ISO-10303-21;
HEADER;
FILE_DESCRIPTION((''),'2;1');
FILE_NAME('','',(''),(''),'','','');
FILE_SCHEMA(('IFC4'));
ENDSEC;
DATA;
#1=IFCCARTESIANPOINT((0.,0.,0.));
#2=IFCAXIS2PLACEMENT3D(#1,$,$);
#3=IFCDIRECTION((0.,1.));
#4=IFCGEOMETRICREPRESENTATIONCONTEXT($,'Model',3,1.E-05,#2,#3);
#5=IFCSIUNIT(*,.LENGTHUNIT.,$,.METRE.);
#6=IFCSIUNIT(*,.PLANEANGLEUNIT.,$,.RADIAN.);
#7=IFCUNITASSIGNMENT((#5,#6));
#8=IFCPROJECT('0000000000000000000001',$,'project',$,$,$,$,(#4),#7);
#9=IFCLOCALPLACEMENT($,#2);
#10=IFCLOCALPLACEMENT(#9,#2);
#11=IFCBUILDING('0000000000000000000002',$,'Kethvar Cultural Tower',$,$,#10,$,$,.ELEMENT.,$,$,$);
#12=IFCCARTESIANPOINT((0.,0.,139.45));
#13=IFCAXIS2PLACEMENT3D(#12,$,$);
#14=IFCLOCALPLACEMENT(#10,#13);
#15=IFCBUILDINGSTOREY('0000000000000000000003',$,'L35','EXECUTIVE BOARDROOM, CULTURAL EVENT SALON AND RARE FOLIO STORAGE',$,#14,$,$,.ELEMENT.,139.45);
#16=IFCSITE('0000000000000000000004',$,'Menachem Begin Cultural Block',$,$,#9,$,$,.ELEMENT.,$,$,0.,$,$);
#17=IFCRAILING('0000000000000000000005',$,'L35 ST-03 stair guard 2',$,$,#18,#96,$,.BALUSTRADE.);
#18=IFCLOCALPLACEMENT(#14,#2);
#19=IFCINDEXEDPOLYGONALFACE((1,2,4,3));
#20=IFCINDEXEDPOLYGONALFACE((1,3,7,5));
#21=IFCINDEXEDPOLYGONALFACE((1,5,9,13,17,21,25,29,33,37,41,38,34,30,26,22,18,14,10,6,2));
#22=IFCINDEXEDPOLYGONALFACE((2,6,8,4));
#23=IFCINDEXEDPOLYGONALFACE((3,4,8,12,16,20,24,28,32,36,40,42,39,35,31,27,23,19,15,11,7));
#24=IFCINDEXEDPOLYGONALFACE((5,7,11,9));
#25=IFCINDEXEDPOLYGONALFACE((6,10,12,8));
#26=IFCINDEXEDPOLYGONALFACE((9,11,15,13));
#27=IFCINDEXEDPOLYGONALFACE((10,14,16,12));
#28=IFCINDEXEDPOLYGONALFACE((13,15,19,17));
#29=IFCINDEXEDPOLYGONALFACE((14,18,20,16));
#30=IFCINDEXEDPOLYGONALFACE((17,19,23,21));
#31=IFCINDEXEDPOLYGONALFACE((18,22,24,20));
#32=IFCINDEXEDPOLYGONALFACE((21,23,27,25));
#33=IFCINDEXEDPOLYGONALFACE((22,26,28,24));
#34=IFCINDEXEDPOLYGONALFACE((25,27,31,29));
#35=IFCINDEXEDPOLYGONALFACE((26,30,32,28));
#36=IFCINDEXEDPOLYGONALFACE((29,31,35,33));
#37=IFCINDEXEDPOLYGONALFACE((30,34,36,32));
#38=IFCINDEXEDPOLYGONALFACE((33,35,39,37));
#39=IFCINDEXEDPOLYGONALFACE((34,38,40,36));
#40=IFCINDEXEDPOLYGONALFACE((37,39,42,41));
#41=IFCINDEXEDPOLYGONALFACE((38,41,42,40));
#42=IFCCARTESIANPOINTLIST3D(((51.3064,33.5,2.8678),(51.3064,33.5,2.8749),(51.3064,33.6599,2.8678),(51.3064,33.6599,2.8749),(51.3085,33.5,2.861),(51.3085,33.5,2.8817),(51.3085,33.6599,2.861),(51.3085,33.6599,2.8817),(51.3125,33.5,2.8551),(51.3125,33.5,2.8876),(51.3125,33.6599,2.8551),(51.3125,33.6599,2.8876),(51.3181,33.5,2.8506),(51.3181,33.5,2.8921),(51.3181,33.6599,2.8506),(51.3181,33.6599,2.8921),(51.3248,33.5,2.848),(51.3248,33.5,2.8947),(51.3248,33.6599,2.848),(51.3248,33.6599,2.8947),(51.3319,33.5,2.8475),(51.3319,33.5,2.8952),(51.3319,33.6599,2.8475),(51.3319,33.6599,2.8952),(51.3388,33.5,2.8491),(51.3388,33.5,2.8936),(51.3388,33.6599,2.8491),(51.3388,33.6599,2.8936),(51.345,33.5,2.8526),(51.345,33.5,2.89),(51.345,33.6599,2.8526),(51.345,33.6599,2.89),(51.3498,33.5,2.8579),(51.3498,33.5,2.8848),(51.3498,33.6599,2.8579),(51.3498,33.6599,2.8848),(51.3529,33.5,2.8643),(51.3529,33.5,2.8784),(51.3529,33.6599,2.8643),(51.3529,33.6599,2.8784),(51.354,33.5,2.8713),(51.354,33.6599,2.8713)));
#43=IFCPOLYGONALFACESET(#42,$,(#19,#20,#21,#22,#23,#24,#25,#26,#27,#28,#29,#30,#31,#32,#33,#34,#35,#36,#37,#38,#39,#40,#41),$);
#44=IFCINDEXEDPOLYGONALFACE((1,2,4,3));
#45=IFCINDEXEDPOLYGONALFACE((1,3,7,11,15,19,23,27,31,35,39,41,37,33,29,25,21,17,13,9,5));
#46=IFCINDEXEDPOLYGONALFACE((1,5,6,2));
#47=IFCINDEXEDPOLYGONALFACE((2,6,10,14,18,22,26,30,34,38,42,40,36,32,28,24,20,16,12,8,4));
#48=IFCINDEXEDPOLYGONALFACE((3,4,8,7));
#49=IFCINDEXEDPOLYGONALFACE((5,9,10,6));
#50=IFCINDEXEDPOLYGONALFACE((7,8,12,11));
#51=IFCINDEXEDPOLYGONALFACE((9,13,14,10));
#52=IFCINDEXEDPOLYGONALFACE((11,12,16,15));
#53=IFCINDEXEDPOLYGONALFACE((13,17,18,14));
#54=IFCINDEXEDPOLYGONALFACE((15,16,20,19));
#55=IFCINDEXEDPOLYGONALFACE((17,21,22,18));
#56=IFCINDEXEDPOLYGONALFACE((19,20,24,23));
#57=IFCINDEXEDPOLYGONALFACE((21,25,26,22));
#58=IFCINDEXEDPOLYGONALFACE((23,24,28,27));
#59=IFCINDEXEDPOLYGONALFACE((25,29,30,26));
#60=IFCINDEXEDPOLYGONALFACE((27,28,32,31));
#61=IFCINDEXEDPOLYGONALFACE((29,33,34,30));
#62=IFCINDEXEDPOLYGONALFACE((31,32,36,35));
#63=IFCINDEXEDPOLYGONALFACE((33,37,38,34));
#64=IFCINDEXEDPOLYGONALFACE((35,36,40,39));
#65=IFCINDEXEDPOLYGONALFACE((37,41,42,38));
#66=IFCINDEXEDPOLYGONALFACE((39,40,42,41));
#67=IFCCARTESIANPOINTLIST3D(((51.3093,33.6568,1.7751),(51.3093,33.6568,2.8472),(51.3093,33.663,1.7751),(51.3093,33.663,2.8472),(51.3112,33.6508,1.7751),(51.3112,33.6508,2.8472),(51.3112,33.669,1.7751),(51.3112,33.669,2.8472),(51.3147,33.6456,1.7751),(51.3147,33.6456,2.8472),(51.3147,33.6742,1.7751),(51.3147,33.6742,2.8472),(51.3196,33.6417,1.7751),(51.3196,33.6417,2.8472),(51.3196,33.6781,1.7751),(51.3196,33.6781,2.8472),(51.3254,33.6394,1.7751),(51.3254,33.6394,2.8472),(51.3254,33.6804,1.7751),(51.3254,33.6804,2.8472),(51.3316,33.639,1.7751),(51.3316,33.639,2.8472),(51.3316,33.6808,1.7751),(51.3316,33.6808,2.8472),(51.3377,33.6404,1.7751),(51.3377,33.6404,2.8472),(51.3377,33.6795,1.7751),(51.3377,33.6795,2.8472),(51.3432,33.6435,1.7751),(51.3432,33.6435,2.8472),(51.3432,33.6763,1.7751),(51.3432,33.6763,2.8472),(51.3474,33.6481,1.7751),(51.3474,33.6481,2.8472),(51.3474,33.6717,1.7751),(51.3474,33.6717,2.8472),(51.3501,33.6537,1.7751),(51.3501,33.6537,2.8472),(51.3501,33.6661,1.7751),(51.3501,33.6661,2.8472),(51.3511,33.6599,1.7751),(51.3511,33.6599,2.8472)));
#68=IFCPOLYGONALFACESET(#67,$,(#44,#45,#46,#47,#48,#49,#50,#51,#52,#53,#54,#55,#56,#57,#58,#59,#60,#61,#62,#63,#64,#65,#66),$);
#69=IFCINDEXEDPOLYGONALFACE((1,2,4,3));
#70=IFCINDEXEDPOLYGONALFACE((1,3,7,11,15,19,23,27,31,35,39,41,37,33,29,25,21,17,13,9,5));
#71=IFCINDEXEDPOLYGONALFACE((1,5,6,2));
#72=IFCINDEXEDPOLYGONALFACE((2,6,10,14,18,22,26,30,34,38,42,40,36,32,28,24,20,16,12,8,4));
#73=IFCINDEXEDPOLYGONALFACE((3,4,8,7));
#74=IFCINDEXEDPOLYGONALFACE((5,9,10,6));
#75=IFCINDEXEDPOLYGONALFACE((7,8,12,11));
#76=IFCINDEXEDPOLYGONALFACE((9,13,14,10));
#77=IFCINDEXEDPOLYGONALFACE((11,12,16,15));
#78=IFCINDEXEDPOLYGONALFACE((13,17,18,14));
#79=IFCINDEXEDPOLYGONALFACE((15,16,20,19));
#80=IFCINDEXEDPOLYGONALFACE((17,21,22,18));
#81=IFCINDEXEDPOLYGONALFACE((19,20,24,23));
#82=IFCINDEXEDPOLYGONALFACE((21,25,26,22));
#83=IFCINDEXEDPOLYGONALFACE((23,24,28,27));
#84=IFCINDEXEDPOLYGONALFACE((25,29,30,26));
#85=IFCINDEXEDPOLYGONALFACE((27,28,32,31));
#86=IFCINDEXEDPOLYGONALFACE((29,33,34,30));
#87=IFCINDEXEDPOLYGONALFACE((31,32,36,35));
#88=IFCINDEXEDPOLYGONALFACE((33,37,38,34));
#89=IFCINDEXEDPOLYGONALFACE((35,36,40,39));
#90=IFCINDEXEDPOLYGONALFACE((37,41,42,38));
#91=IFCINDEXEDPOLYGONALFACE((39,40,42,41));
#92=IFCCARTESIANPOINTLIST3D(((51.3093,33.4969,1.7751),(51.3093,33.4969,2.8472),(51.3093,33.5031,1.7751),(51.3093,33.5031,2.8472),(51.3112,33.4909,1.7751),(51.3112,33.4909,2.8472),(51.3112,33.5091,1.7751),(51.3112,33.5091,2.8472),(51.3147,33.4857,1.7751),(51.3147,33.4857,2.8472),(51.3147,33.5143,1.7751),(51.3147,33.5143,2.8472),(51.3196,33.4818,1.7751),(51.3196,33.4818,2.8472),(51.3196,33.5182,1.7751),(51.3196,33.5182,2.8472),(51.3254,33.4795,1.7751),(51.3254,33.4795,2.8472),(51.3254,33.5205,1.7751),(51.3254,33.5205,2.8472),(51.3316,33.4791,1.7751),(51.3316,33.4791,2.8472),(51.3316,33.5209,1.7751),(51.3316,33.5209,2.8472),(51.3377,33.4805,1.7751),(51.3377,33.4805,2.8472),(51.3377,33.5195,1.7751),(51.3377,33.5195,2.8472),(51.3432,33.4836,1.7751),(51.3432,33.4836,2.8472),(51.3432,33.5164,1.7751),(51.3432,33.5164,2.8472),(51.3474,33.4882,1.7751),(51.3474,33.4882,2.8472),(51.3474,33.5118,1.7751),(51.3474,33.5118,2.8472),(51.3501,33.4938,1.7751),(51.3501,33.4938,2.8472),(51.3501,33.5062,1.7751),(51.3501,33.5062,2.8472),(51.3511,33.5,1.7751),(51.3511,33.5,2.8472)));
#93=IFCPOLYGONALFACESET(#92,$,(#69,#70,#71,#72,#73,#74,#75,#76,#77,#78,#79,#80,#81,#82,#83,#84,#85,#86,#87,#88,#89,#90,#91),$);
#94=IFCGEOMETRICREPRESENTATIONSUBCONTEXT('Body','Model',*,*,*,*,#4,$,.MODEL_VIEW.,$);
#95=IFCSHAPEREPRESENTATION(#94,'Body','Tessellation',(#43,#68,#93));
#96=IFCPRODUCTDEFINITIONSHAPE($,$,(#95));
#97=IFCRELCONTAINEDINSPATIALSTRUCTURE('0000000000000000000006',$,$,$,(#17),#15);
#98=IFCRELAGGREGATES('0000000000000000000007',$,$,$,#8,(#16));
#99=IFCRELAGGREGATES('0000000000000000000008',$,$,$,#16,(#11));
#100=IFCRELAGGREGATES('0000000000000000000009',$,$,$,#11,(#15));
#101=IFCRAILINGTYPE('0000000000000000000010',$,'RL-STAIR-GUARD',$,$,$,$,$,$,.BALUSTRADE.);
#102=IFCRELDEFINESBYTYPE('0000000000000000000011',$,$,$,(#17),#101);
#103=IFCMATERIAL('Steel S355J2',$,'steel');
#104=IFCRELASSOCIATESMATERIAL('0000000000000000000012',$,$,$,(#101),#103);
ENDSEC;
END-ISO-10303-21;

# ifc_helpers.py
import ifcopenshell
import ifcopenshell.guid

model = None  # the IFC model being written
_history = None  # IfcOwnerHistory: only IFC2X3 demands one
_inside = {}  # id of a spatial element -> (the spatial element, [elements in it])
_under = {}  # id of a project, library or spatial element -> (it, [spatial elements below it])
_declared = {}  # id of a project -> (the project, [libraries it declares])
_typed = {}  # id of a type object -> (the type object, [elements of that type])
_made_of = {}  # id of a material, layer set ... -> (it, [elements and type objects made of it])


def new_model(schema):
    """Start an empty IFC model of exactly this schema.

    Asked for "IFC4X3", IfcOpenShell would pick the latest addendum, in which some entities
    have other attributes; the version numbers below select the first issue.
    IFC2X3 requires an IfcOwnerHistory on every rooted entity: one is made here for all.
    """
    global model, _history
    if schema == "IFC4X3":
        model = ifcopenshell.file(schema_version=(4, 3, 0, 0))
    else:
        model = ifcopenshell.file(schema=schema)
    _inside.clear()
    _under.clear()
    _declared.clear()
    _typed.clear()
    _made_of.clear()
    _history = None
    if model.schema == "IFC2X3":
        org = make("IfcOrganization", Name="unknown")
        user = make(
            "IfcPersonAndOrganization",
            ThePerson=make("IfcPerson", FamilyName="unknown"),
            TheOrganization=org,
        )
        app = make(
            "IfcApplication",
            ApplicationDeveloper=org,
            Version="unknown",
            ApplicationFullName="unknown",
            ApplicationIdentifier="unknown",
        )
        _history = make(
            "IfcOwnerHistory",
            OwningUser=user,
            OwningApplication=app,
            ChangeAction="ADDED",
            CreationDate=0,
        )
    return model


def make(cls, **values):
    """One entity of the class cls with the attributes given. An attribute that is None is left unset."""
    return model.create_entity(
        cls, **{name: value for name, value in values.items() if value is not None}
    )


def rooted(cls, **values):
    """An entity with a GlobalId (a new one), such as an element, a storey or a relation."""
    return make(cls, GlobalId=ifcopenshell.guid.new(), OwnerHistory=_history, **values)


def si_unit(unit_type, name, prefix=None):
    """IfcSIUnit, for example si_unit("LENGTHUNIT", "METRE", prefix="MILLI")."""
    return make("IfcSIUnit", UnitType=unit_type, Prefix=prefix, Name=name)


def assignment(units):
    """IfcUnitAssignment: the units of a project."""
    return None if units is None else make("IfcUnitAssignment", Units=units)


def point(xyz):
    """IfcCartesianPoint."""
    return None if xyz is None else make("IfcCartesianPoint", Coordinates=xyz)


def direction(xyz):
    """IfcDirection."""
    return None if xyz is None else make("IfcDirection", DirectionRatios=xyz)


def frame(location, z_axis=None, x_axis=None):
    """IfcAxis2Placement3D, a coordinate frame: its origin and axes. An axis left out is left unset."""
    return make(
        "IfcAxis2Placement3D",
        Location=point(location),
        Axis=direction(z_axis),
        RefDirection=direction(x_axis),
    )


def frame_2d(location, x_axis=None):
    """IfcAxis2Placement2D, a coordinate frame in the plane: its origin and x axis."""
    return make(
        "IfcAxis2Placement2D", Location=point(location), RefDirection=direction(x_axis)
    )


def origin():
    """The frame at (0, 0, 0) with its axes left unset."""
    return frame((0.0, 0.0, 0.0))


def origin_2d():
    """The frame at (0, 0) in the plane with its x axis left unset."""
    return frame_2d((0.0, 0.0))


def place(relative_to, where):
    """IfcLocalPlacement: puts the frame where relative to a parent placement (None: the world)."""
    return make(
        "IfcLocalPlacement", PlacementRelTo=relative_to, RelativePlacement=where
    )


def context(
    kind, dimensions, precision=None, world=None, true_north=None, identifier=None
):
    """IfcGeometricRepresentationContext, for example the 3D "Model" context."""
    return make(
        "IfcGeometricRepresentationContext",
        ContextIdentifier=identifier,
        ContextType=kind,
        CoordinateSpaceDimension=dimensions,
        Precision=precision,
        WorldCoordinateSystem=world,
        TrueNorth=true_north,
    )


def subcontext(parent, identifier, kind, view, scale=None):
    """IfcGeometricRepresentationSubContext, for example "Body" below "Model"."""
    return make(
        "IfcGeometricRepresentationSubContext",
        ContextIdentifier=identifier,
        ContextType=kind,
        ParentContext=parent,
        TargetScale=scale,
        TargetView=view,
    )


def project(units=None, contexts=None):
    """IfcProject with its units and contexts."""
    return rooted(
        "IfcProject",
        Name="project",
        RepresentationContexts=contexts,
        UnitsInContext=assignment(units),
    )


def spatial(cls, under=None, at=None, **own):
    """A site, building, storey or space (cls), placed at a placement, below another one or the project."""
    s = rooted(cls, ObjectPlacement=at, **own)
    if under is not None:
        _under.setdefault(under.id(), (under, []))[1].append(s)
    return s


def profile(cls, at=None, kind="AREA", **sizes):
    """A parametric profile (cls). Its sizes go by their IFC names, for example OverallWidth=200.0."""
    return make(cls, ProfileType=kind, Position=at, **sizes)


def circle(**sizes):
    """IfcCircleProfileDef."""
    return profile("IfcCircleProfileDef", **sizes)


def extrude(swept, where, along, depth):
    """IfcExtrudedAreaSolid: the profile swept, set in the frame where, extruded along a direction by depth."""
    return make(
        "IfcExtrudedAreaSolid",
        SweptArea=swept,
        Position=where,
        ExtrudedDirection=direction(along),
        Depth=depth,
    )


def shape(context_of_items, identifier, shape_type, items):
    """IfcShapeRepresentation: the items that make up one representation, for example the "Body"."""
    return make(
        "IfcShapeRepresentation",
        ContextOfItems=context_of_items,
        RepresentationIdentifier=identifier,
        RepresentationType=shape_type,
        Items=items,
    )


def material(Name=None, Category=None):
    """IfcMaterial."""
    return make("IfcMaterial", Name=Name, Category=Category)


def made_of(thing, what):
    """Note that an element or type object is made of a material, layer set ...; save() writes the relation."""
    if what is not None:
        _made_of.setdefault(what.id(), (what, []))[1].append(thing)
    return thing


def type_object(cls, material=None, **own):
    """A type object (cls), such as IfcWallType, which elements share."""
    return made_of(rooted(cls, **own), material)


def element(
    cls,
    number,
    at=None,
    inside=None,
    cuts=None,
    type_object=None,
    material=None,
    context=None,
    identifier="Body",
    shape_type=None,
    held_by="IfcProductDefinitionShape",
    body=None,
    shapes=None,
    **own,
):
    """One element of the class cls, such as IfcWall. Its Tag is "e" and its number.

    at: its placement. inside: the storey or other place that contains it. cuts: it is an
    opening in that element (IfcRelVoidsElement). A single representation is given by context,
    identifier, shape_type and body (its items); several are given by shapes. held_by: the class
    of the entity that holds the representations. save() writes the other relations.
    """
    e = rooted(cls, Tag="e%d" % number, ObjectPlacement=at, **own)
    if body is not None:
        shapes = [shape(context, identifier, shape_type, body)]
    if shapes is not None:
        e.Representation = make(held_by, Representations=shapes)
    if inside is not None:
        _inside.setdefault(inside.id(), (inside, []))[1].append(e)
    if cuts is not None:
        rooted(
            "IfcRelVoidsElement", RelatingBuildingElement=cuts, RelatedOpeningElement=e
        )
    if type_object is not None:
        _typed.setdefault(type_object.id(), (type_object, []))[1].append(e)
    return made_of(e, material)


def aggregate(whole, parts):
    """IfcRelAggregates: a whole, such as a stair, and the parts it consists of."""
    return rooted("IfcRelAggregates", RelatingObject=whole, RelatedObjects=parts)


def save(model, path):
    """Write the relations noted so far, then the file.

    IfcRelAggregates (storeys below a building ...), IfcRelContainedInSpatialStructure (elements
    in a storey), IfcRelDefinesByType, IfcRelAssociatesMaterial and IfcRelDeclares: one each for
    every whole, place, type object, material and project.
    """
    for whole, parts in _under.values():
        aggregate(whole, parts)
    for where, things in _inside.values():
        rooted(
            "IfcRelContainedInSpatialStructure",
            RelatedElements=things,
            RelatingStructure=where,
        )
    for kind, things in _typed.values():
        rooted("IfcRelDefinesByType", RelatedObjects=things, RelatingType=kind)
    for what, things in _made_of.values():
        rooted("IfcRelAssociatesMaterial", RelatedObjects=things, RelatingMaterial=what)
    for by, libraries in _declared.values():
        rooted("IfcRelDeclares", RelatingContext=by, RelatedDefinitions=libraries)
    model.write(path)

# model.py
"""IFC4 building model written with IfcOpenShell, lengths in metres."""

from ifc_helpers import new_model, si_unit, direction, frame, origin, origin_2d, place, context, subcontext, project, spatial, circle, extrude, material, type_object, element, save


model = new_model("IFC4")

# Units and contexts
model_context = context("Model", 3, precision=1e-05, world=origin(), true_north=direction((0.0, 1.0)))
body_context = subcontext(model_context, "Body", "Model", "MODEL_VIEW")
ifc_project = project(units=[si_unit("LENGTHUNIT", "METRE"), si_unit("PLANEANGLEUNIT", "RADIAN")], contexts=[model_context])

# Site, building, storey
site_placement = place(None, origin())
site = spatial("IfcSite", under=ifc_project, at=site_placement, Name="Menachem Begin Cultural Block", CompositionType="ELEMENT", RefElevation=0.0)
building_placement = place(site_placement, origin())
building = spatial("IfcBuilding", under=site, at=building_placement, Name="Kethvar Cultural Tower", CompositionType="ELEMENT")
storey_placement = place(building_placement, frame((0.0, 0.0, 139.45)))
storey = spatial("IfcBuildingStorey", under=building, at=storey_placement, Name="L35", Description="EXECUTIVE BOARDROOM, CULTURAL EVENT SALON AND RARE FOLIO STORAGE", CompositionType="ELEMENT", Elevation=139.45)

# Shared definitions
ifc_material_1 = material(Name="Steel S355J2", Category="steel")

# Railing
railing_type_1 = type_object("IfcRailingType", Name="RL-STAIR-GUARD", PredefinedType="BALUSTRADE", material=ifc_material_1)
railing_1_placement = place(storey_placement, frame((51.3301, 33.6599, 1.7751)))
element("IfcRailing", 1, at=railing_1_placement, inside=storey, type_object=railing_type_1, Name="L35 ST-03 stair guard 2", PredefinedType="BALUSTRADE", context=body_context, shape_type="SweptSolid", body=[
    extrude(circle(Radius=0.0239, at=origin_2d()), frame((0.0, 0.0, 1.0962), z_axis=(0.0, -1.0, 0.0), x_axis=(1.0, 0.0, 0.0)), (0.0, 0.0, 1.0), 0.1599),
    extrude(circle(Radius=0.021, at=origin_2d()), origin(), (0.0, 0.0, 1.0), 1.072),
    extrude(circle(Radius=0.021, at=origin_2d()), frame((0.0, -0.1599, 0.0)), (0.0, 0.0, 1.0), 1.072),
])

save(model, "model.ifc")
